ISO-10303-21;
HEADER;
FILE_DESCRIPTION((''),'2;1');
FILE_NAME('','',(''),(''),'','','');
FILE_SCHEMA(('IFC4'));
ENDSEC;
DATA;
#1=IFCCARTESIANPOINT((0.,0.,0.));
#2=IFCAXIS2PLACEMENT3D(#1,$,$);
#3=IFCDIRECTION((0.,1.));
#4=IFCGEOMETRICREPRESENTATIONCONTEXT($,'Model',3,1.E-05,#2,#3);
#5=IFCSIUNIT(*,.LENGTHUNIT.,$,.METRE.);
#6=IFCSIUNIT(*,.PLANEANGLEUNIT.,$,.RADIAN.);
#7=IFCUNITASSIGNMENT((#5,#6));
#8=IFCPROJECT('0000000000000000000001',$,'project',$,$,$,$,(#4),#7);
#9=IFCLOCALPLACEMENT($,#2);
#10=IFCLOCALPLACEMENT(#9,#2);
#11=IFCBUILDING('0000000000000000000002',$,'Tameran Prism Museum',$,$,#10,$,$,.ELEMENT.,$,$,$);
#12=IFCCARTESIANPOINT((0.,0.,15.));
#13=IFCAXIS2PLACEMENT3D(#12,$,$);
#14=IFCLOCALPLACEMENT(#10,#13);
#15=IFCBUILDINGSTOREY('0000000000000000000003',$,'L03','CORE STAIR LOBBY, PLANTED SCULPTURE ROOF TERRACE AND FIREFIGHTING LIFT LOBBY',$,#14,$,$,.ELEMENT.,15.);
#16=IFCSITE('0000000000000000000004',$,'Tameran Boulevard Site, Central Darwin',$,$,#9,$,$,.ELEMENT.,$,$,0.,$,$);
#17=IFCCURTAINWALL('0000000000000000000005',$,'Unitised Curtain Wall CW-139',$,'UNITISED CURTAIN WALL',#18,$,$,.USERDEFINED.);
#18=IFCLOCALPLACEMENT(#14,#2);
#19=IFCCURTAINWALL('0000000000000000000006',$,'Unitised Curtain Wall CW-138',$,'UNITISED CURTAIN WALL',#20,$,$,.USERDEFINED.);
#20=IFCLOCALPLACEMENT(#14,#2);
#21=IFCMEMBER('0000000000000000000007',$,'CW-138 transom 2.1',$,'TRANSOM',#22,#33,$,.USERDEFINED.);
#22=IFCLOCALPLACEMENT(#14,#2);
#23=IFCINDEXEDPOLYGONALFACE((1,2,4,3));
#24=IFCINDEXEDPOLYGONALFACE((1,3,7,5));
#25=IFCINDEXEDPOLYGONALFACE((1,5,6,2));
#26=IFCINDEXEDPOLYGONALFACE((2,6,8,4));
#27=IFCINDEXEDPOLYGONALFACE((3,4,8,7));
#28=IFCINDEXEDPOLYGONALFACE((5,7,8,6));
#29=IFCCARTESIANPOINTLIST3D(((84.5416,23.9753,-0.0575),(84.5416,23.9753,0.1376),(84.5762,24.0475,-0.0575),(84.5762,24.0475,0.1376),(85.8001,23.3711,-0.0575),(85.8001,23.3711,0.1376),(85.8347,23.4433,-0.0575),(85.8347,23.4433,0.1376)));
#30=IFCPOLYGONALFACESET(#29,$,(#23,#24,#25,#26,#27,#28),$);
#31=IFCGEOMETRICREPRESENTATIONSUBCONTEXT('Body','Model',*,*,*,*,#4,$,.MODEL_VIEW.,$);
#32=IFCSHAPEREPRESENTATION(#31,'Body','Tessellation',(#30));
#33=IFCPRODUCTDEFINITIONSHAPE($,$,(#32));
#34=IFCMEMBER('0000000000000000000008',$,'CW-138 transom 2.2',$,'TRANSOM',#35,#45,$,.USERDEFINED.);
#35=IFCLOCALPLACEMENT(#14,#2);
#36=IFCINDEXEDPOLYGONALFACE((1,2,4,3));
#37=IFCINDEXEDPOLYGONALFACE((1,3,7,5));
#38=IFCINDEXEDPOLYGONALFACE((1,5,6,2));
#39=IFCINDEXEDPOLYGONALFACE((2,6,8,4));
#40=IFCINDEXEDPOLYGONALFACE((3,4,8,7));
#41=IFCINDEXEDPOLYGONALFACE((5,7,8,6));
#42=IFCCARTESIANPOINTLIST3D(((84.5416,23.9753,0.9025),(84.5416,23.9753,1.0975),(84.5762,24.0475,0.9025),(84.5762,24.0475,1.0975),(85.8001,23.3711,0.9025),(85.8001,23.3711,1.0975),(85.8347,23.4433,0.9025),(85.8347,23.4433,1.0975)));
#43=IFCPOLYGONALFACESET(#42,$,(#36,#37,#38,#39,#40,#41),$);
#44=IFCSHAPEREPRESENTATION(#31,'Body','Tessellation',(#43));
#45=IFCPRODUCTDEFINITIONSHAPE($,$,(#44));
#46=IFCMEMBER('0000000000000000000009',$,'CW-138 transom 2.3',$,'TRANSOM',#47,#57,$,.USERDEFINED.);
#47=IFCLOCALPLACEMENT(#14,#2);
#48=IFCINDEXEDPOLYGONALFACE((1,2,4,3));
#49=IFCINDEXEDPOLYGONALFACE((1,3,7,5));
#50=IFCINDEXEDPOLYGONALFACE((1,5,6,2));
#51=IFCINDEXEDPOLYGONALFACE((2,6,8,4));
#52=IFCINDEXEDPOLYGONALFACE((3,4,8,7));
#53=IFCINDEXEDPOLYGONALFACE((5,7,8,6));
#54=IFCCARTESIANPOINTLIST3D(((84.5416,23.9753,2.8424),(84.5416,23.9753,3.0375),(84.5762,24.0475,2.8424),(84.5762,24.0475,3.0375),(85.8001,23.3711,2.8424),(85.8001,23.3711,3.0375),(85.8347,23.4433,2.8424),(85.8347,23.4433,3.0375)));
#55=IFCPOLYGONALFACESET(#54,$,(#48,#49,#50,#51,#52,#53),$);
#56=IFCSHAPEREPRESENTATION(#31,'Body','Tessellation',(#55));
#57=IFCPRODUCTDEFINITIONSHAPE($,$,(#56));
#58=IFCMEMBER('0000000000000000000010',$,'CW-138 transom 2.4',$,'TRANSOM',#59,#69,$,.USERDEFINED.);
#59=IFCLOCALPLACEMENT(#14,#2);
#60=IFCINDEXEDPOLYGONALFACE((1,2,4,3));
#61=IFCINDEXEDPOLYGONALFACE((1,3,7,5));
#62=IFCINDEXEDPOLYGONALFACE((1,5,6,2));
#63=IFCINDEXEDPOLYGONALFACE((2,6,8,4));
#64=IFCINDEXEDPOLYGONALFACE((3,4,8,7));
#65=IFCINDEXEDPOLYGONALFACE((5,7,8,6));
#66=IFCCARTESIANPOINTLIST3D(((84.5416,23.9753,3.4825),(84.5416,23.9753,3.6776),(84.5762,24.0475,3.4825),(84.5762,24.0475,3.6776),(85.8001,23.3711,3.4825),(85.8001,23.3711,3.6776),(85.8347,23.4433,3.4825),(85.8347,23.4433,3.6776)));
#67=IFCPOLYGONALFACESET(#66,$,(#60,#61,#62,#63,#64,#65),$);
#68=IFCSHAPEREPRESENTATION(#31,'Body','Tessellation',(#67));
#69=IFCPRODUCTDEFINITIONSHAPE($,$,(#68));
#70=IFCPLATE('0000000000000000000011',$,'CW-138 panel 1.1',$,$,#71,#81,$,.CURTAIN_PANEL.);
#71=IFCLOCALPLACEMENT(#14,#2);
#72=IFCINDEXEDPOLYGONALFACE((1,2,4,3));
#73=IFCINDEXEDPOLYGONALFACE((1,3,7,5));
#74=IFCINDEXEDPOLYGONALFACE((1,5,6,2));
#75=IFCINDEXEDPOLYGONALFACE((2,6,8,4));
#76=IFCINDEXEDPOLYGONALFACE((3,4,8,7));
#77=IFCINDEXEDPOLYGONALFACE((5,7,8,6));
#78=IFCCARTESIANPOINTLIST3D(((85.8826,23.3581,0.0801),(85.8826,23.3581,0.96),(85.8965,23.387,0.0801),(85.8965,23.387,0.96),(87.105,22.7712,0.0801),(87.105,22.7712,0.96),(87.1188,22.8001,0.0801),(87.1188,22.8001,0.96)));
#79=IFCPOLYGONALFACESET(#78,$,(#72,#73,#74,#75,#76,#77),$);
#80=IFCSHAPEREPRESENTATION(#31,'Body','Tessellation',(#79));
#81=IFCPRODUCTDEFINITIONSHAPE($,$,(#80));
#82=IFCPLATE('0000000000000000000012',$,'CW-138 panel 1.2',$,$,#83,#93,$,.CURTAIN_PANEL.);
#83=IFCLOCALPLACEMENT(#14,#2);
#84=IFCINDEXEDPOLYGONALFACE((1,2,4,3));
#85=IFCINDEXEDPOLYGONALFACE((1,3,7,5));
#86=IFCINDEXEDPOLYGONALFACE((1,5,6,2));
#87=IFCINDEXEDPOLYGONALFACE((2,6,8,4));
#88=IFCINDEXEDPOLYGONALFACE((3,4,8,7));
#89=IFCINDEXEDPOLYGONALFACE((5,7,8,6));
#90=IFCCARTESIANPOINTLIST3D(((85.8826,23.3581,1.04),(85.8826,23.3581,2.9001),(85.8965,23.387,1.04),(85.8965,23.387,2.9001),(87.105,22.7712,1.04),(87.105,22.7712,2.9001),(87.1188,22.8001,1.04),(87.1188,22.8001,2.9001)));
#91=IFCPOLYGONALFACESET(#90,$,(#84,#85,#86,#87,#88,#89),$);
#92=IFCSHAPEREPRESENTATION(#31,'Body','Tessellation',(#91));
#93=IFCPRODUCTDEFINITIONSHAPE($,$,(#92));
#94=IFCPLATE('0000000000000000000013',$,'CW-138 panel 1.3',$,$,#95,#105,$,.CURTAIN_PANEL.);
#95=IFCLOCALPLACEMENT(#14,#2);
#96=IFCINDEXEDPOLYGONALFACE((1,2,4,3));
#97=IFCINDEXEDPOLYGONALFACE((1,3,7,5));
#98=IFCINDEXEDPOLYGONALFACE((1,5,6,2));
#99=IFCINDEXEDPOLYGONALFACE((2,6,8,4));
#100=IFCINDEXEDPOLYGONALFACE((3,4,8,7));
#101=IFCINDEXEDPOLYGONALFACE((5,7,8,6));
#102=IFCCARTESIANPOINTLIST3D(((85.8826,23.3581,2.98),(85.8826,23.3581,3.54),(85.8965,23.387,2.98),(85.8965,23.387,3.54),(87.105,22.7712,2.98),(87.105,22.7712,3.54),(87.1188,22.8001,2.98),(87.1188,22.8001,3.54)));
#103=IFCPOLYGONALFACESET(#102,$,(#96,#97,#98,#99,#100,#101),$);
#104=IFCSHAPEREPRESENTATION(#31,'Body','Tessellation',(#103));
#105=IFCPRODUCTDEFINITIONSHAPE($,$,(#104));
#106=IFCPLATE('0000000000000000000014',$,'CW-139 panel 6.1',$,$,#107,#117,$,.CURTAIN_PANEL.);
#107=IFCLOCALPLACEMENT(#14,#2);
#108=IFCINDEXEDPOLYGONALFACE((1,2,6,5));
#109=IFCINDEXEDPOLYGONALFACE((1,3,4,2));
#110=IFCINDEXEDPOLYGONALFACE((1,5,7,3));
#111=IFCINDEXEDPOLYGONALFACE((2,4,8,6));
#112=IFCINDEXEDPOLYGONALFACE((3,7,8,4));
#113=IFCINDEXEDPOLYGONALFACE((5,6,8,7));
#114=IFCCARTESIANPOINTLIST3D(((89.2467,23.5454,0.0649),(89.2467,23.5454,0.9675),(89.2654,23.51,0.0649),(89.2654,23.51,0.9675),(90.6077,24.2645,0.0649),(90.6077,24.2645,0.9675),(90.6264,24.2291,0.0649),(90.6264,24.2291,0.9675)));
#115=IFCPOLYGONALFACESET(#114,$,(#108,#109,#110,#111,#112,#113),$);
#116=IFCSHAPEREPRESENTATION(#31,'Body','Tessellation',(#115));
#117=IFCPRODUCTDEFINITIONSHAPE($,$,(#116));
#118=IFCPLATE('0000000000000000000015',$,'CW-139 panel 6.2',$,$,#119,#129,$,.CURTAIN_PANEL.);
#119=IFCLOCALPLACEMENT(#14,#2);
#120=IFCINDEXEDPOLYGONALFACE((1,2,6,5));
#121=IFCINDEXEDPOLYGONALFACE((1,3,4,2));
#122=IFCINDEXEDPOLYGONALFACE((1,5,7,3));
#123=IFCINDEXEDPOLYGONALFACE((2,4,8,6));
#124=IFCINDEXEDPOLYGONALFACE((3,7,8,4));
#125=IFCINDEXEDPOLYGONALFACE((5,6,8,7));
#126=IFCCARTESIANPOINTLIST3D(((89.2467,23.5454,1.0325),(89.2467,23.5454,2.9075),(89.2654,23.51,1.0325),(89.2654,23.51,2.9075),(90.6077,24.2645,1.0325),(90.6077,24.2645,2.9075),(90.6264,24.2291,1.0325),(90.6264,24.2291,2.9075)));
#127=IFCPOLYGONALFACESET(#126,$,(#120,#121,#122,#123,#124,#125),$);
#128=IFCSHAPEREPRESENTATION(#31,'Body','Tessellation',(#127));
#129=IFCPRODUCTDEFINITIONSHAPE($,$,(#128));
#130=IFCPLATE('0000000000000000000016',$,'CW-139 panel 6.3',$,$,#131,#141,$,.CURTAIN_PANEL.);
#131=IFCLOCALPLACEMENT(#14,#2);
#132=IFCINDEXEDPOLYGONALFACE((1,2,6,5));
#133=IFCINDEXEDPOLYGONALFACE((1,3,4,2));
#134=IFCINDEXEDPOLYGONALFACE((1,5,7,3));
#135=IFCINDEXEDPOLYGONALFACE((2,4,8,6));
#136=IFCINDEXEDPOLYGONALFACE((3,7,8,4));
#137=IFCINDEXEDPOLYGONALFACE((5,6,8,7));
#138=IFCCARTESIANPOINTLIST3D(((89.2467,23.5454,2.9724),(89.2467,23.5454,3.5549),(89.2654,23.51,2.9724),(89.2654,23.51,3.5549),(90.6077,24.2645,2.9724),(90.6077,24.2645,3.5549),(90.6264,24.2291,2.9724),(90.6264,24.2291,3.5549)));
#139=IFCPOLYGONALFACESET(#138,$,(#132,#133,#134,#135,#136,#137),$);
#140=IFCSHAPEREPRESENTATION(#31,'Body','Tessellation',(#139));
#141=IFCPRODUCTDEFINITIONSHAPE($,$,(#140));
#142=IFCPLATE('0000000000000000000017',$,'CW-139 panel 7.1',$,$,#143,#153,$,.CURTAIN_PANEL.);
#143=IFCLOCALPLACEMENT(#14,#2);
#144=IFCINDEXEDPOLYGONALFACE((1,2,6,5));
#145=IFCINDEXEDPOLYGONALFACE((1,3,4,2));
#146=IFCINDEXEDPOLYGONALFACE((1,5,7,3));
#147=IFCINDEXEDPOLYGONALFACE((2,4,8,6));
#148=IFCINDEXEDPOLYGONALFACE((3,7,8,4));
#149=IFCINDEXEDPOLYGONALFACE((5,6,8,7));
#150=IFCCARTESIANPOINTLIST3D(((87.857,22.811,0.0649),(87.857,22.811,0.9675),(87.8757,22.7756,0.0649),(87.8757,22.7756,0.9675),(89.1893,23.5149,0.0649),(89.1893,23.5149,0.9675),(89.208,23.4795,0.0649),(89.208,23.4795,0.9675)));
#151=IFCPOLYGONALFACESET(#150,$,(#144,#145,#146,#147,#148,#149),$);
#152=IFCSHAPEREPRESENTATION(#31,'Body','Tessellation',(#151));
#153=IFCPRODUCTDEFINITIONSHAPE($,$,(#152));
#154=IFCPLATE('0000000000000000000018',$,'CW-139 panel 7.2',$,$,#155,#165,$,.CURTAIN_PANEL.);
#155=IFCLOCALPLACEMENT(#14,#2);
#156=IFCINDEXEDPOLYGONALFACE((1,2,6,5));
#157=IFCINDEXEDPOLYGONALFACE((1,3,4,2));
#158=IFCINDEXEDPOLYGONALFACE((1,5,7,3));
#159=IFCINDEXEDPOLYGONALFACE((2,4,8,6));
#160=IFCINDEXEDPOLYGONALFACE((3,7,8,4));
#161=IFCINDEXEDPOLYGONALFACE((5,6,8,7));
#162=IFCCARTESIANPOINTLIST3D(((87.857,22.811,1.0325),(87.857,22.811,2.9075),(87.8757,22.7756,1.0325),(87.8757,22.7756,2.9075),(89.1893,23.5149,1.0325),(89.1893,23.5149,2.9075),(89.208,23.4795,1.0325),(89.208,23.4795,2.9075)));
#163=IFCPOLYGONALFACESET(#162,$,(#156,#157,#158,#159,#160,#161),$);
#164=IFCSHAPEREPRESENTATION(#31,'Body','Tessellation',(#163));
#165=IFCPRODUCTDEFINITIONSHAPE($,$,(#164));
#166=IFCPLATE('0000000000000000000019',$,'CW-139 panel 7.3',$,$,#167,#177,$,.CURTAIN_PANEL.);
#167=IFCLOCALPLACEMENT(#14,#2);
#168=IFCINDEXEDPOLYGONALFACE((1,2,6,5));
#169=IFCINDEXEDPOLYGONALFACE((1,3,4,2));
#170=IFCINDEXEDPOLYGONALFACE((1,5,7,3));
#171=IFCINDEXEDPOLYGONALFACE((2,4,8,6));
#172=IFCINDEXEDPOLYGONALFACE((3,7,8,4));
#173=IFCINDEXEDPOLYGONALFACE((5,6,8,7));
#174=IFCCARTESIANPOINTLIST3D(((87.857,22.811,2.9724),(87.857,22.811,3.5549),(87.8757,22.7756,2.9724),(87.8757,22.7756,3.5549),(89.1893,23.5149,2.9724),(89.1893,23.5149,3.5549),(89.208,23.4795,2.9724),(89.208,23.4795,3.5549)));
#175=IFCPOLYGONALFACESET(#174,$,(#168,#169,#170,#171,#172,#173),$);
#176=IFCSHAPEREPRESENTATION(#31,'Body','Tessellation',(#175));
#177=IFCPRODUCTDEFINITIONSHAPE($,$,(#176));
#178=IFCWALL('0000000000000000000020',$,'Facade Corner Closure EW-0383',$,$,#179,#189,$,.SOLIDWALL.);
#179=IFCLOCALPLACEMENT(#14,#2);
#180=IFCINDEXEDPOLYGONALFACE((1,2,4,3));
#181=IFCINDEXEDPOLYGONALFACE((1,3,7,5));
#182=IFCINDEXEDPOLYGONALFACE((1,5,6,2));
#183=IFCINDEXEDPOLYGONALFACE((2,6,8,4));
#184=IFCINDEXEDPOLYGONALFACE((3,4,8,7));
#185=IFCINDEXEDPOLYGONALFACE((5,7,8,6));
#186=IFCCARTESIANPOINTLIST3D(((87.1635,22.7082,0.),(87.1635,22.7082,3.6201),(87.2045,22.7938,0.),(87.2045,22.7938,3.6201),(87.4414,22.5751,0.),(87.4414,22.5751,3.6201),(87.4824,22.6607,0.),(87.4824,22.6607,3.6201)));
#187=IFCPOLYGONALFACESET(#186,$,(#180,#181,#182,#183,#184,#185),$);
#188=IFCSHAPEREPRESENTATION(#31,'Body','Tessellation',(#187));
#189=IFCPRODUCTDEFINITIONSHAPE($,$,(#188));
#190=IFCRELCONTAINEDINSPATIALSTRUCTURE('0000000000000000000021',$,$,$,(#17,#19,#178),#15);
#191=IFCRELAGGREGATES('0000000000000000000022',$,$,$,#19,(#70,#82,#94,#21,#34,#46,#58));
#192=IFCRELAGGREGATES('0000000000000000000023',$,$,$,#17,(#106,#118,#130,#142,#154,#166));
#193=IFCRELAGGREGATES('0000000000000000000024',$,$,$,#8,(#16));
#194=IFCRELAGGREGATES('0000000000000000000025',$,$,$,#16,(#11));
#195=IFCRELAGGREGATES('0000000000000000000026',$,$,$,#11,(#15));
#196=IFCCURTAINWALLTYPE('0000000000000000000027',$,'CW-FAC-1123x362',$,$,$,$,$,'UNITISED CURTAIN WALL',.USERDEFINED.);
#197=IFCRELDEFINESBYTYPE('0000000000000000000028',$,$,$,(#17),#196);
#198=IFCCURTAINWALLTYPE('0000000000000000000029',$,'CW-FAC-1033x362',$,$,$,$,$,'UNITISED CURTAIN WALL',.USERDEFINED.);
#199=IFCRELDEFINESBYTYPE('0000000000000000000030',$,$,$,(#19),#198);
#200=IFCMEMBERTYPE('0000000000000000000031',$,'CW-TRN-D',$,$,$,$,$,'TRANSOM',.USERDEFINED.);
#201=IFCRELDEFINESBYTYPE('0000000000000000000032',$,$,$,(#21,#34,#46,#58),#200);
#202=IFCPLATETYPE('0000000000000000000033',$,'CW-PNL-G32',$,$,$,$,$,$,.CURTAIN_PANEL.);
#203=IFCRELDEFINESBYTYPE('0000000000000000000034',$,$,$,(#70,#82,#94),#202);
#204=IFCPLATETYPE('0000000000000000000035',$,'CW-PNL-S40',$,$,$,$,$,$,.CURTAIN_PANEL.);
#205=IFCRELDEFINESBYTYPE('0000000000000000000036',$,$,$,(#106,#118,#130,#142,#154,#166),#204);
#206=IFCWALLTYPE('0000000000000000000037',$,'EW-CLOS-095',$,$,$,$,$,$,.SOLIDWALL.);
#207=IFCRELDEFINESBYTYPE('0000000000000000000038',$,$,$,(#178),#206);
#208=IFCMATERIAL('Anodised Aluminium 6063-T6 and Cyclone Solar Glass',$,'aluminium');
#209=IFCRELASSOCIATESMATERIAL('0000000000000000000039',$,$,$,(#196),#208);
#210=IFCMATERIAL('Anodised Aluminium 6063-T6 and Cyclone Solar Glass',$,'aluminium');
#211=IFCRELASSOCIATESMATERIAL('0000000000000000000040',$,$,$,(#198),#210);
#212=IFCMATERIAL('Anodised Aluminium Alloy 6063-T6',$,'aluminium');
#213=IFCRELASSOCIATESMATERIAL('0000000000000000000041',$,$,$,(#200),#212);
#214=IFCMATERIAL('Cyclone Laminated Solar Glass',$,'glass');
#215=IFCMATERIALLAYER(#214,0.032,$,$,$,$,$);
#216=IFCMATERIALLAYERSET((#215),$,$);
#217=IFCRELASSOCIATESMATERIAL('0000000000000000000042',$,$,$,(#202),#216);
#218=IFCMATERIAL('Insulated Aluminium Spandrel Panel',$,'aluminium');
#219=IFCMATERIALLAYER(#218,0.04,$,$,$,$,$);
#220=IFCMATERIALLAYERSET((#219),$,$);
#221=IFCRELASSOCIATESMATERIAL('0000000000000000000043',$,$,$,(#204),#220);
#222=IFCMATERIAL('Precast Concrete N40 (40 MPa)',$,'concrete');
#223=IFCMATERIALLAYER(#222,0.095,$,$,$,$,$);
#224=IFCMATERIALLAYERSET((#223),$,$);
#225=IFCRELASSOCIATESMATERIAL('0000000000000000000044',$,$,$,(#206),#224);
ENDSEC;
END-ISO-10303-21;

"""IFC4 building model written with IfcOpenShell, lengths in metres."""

from ifc_helpers import new_model, si_unit, direction, frame, frame_2d, origin, origin_2d, place, context, subcontext, project, spatial, rectangle, extrude, material, layer, layer_set, material_profile, profile_set, type_object, element, aggregate, save


model = new_model("IFC4")

# Units and contexts
model_context = context("Model", 3, precision=1e-05, world=origin(), true_north=direction((0.0, 1.0)))
body_context = subcontext(model_context, "Body", "Model", "MODEL_VIEW")
ifc_project = project(units=[si_unit("LENGTHUNIT", "METRE"), si_unit("PLANEANGLEUNIT", "RADIAN")], contexts=[model_context])

# Site, building, storey
site_placement = place(None, origin())
site = spatial("IfcSite", under=ifc_project, at=site_placement, Name="Tameran Boulevard Site, Central Darwin", CompositionType="ELEMENT", RefElevation=0.0)
building_placement = place(site_placement, origin())
building = spatial("IfcBuilding", under=site, at=building_placement, Name="Tameran Prism Museum", CompositionType="ELEMENT")
storey_placement = place(building_placement, frame((0.0, 0.0, 15.0)))
storey = spatial("IfcBuildingStorey", under=building, at=storey_placement, Name="L03", Description="CORE STAIR LOBBY, PLANTED SCULPTURE ROOF TERRACE AND FIREFIGHTING LIFT LOBBY", CompositionType="ELEMENT", Elevation=15.0)

# Curtain walls
ifc_material_1 = material(Name="Anodised Aluminium 6063-T6 and Cyclone Solar Glass", Category="aluminium")
curtain_wall_type_1 = type_object("IfcCurtainWallType", Name="CW-FAC-1123x362", ElementType="UNITISED CURTAIN WALL", PredefinedType="USERDEFINED", material=ifc_material_1)
curtain_wall_1_placement = place(storey_placement, origin())
curtain_wall_1 = element("IfcCurtainWall", 1, at=curtain_wall_1_placement, inside=storey, type_object=curtain_wall_type_1, Name="Unitised Curtain Wall CW-139", ObjectType="UNITISED CURTAIN WALL", PredefinedType="USERDEFINED")
ifc_material_2 = material(Name="Anodised Aluminium 6063-T6 and Cyclone Solar Glass", Category="aluminium")
curtain_wall_type_2 = type_object("IfcCurtainWallType", Name="CW-FAC-1033x362", ElementType="UNITISED CURTAIN WALL", PredefinedType="USERDEFINED", material=ifc_material_2)
curtain_wall_2_placement = place(storey_placement, origin())
curtain_wall_2 = element("IfcCurtainWall", 2, at=curtain_wall_2_placement, inside=storey, type_object=curtain_wall_type_2, Name="Unitised Curtain Wall CW-138", ObjectType="UNITISED CURTAIN WALL", PredefinedType="USERDEFINED")

# Members
ifc_material_3 = material(Name="Anodised Aluminium Alloy 6063-T6", Category="aluminium")
ifc_material_profile_1 = material_profile(ifc_material_3, rectangle(XDim=0.0801, YDim=0.1951, at=origin_2d()))
ifc_profile_set_1 = profile_set([ifc_material_profile_1])
member_type_1 = type_object("IfcMemberType", Name="CW-TRN-D", ElementType="TRANSOM", PredefinedType="USERDEFINED", material=ifc_profile_set_1)
member_1_placement = place(storey_placement, frame((85.8174, 23.4072, 0.04), z_axis=(-0.901482, 0.432816, 0.0), x_axis=(-0.432816, -0.901482, 0.0)))
member_1 = element("IfcMember", 3, at=member_1_placement, type_object=member_type_1, Name="CW-138 transom 2.1", ObjectType="TRANSOM", PredefinedType="USERDEFINED", context=body_context, shape_type="SweptSolid", body=[
    extrude(rectangle(XDim=0.0801, YDim=0.1951, at=origin_2d()), origin(), (0.0, 0.0, 1.0), 1.396),
])
member_2_placement = place(storey_placement, frame((85.8174, 23.4072, 1.0), z_axis=(-0.901482, 0.432816, 0.0), x_axis=(-0.432816, -0.901482, 0.0)))
member_2 = element("IfcMember", 4, at=member_2_placement, type_object=member_type_1, Name="CW-138 transom 2.2", ObjectType="TRANSOM", PredefinedType="USERDEFINED", context=body_context, shape_type="SweptSolid", body=[
    extrude(rectangle(XDim=0.0801, YDim=0.1951, at=origin_2d()), origin(), (0.0, 0.0, 1.0), 1.396),
])
member_3_placement = place(storey_placement, frame((85.8174, 23.4072, 2.9399), z_axis=(-0.901482, 0.432816, 0.0), x_axis=(-0.432816, -0.901482, 0.0)))
member_3 = element("IfcMember", 5, at=member_3_placement, type_object=member_type_1, Name="CW-138 transom 2.3", ObjectType="TRANSOM", PredefinedType="USERDEFINED", context=body_context, shape_type="SweptSolid", body=[
    extrude(rectangle(XDim=0.0801, YDim=0.1951, at=origin_2d()), origin(), (0.0, 0.0, 1.0), 1.396),
])
member_4_placement = place(storey_placement, frame((85.8174, 23.4072, 3.5801), z_axis=(-0.901482, 0.432816, 0.0), x_axis=(-0.432816, -0.901482, 0.0)))
member_4 = element("IfcMember", 6, at=member_4_placement, type_object=member_type_1, Name="CW-138 transom 2.4", ObjectType="TRANSOM", PredefinedType="USERDEFINED", context=body_context, shape_type="SweptSolid", body=[
    extrude(rectangle(XDim=0.0801, YDim=0.1951, at=origin_2d()), origin(), (0.0, 0.0, 1.0), 1.396),
])

# Plates
ifc_material_4 = material(Name="Cyclone Laminated Solar Glass", Category="glass")
ifc_layer_1 = layer(ifc_material_4, 0.032)
ifc_layer_set_1 = layer_set([ifc_layer_1])
plate_type_1 = type_object("IfcPlateType", Name="CW-PNL-G32", PredefinedType="CURTAIN_PANEL", material=ifc_layer_set_1)
plate_1_placement = place(storey_placement, frame((86.5007, 23.0791, 0.0801), z_axis=(0.0, 0.0, 1.0), x_axis=(-0.901475, 0.432832, 0.0)))
plate_1 = element("IfcPlate", 7, at=plate_1_placement, type_object=plate_type_1, Name="CW-138 panel 1.1", PredefinedType="CURTAIN_PANEL", context=body_context, shape_type="SweptSolid", body=[
    extrude(rectangle(XDim=1.356, YDim=0.032, at=origin_2d()), origin(), (0.0, 0.0, 1.0), 0.8799),
])
plate_2_placement = place(storey_placement, frame((86.5007, 23.0791, 1.04), z_axis=(0.0, 0.0, 1.0), x_axis=(-0.901475, 0.432832, 0.0)))
plate_2 = element("IfcPlate", 8, at=plate_2_placement, type_object=plate_type_1, Name="CW-138 panel 1.2", PredefinedType="CURTAIN_PANEL", context=body_context, shape_type="SweptSolid", body=[
    extrude(rectangle(XDim=1.356, YDim=0.032, at=origin_2d()), origin(), (0.0, 0.0, 1.0), 1.8601),
])
plate_3_placement = place(storey_placement, frame((86.5007, 23.0791, 2.98), z_axis=(0.0, 0.0, 1.0), x_axis=(-0.901475, 0.432832, 0.0)))
plate_3 = element("IfcPlate", 9, at=plate_3_placement, type_object=plate_type_1, Name="CW-138 panel 1.3", PredefinedType="CURTAIN_PANEL", context=body_context, shape_type="SweptSolid", body=[
    extrude(rectangle(XDim=1.356, YDim=0.032, at=origin_2d()), origin(), (0.0, 0.0, 1.0), 0.5601),
])
aggregate(curtain_wall_2, [plate_1, plate_2, plate_3, member_1, member_2, member_3, member_4])
ifc_material_5 = material(Name="Insulated Aluminium Spandrel Panel", Category="aluminium")
ifc_layer_2 = layer(ifc_material_5, 0.04)
ifc_layer_set_2 = layer_set([ifc_layer_2])
plate_type_2 = type_object("IfcPlateType", Name="CW-PNL-S40", PredefinedType="CURTAIN_PANEL", material=ifc_layer_set_2)
plate_4_placement = place(storey_placement, frame((89.9365, 23.8872, 0.0649), z_axis=(0.0, 0.0, 1.0), x_axis=(-0.884175, -0.467155, 0.0)))
plate_4 = element("IfcPlate", 10, at=plate_4_placement, type_object=plate_type_2, Name="CW-139 panel 6.1", PredefinedType="CURTAIN_PANEL", context=body_context, shape_type="SweptSolid", body=[
    extrude(rectangle(XDim=1.5393, YDim=0.04, at=origin_2d()), origin(), (0.0, 0.0, 1.0), 0.9026),
])
plate_5_placement = place(storey_placement, frame((89.9365, 23.8872, 1.0325), z_axis=(0.0, 0.0, 1.0), x_axis=(-0.884175, -0.467155, 0.0)))
plate_5 = element("IfcPlate", 11, at=plate_5_placement, type_object=plate_type_2, Name="CW-139 panel 6.2", PredefinedType="CURTAIN_PANEL", context=body_context, shape_type="SweptSolid", body=[
    extrude(rectangle(XDim=1.5393, YDim=0.04, at=origin_2d()), origin(), (0.0, 0.0, 1.0), 1.875),
])
plate_6_placement = place(storey_placement, frame((89.9365, 23.8872, 2.9724), z_axis=(0.0, 0.0, 1.0), x_axis=(-0.884175, -0.467155, 0.0)))
plate_6 = element("IfcPlate", 12, at=plate_6_placement, type_object=plate_type_2, Name="CW-139 panel 6.3", PredefinedType="CURTAIN_PANEL", context=body_context, shape_type="SweptSolid", body=[
    extrude(rectangle(XDim=1.5393, YDim=0.04, at=origin_2d()), origin(), (0.0, 0.0, 1.0), 0.5825),
])
plate_7_placement = place(storey_placement, frame((88.5325, 23.1453, 0.0649), z_axis=(0.0, 0.0, 1.0), x_axis=(-0.884175, -0.467155, 0.0)))
plate_7 = element("IfcPlate", 13, at=plate_7_placement, type_object=plate_type_2, Name="CW-139 panel 7.1", PredefinedType="CURTAIN_PANEL", context=body_context, shape_type="SweptSolid", body=[
    extrude(rectangle(XDim=1.5068, YDim=0.04, at=origin_2d()), origin(), (0.0, 0.0, 1.0), 0.9026),
])
plate_8_placement = place(storey_placement, frame((88.5325, 23.1453, 1.0325), z_axis=(0.0, 0.0, 1.0), x_axis=(-0.884175, -0.467155, 0.0)))
plate_8 = element("IfcPlate", 14, at=plate_8_placement, type_object=plate_type_2, Name="CW-139 panel 7.2", PredefinedType="CURTAIN_PANEL", context=body_context, shape_type="SweptSolid", body=[
    extrude(rectangle(XDim=1.5068, YDim=0.04, at=origin_2d()), origin(), (0.0, 0.0, 1.0), 1.875),
])
plate_9_placement = place(storey_placement, frame((88.5325, 23.1453, 2.9724), z_axis=(0.0, 0.0, 1.0), x_axis=(-0.884175, -0.467155, 0.0)))
plate_9 = element("IfcPlate", 15, at=plate_9_placement, type_object=plate_type_2, Name="CW-139 panel 7.3", PredefinedType="CURTAIN_PANEL", context=body_context, shape_type="SweptSolid", body=[
    extrude(rectangle(XDim=1.5068, YDim=0.04, at=origin_2d()), origin(), (0.0, 0.0, 1.0), 0.5825),
])
aggregate(curtain_wall_1, [plate_4, plate_5, plate_6, plate_7, plate_8, plate_9])

# Wall
ifc_material_6 = material(Name="Precast Concrete N40 (40 MPa)", Category="concrete")
ifc_layer_3 = layer(ifc_material_6, 0.095)
ifc_layer_set_3 = layer_set([ifc_layer_3])
wall_type = type_object("IfcWallType", Name="EW-CLOS-095", PredefinedType="SOLIDWALL", material=ifc_layer_set_3)
wall_1_placement = place(storey_placement, frame((87.4619, 22.6179, 0.0), z_axis=(0.0, 0.0, 1.0), x_axis=(-0.901906, 0.431932, 0.0)))
element("IfcWall", 16, at=wall_1_placement, inside=storey, type_object=wall_type, Name="Facade Corner Closure EW-0383", PredefinedType="SOLIDWALL", context=body_context, shape_type="SweptSolid", body=[
    extrude(rectangle(XDim=0.3081, YDim=0.095, at=frame_2d((0.1541, 0.0))), origin(), (0.0, 0.0, 1.0), 3.6201),
])

save(model, "model.ifc")
